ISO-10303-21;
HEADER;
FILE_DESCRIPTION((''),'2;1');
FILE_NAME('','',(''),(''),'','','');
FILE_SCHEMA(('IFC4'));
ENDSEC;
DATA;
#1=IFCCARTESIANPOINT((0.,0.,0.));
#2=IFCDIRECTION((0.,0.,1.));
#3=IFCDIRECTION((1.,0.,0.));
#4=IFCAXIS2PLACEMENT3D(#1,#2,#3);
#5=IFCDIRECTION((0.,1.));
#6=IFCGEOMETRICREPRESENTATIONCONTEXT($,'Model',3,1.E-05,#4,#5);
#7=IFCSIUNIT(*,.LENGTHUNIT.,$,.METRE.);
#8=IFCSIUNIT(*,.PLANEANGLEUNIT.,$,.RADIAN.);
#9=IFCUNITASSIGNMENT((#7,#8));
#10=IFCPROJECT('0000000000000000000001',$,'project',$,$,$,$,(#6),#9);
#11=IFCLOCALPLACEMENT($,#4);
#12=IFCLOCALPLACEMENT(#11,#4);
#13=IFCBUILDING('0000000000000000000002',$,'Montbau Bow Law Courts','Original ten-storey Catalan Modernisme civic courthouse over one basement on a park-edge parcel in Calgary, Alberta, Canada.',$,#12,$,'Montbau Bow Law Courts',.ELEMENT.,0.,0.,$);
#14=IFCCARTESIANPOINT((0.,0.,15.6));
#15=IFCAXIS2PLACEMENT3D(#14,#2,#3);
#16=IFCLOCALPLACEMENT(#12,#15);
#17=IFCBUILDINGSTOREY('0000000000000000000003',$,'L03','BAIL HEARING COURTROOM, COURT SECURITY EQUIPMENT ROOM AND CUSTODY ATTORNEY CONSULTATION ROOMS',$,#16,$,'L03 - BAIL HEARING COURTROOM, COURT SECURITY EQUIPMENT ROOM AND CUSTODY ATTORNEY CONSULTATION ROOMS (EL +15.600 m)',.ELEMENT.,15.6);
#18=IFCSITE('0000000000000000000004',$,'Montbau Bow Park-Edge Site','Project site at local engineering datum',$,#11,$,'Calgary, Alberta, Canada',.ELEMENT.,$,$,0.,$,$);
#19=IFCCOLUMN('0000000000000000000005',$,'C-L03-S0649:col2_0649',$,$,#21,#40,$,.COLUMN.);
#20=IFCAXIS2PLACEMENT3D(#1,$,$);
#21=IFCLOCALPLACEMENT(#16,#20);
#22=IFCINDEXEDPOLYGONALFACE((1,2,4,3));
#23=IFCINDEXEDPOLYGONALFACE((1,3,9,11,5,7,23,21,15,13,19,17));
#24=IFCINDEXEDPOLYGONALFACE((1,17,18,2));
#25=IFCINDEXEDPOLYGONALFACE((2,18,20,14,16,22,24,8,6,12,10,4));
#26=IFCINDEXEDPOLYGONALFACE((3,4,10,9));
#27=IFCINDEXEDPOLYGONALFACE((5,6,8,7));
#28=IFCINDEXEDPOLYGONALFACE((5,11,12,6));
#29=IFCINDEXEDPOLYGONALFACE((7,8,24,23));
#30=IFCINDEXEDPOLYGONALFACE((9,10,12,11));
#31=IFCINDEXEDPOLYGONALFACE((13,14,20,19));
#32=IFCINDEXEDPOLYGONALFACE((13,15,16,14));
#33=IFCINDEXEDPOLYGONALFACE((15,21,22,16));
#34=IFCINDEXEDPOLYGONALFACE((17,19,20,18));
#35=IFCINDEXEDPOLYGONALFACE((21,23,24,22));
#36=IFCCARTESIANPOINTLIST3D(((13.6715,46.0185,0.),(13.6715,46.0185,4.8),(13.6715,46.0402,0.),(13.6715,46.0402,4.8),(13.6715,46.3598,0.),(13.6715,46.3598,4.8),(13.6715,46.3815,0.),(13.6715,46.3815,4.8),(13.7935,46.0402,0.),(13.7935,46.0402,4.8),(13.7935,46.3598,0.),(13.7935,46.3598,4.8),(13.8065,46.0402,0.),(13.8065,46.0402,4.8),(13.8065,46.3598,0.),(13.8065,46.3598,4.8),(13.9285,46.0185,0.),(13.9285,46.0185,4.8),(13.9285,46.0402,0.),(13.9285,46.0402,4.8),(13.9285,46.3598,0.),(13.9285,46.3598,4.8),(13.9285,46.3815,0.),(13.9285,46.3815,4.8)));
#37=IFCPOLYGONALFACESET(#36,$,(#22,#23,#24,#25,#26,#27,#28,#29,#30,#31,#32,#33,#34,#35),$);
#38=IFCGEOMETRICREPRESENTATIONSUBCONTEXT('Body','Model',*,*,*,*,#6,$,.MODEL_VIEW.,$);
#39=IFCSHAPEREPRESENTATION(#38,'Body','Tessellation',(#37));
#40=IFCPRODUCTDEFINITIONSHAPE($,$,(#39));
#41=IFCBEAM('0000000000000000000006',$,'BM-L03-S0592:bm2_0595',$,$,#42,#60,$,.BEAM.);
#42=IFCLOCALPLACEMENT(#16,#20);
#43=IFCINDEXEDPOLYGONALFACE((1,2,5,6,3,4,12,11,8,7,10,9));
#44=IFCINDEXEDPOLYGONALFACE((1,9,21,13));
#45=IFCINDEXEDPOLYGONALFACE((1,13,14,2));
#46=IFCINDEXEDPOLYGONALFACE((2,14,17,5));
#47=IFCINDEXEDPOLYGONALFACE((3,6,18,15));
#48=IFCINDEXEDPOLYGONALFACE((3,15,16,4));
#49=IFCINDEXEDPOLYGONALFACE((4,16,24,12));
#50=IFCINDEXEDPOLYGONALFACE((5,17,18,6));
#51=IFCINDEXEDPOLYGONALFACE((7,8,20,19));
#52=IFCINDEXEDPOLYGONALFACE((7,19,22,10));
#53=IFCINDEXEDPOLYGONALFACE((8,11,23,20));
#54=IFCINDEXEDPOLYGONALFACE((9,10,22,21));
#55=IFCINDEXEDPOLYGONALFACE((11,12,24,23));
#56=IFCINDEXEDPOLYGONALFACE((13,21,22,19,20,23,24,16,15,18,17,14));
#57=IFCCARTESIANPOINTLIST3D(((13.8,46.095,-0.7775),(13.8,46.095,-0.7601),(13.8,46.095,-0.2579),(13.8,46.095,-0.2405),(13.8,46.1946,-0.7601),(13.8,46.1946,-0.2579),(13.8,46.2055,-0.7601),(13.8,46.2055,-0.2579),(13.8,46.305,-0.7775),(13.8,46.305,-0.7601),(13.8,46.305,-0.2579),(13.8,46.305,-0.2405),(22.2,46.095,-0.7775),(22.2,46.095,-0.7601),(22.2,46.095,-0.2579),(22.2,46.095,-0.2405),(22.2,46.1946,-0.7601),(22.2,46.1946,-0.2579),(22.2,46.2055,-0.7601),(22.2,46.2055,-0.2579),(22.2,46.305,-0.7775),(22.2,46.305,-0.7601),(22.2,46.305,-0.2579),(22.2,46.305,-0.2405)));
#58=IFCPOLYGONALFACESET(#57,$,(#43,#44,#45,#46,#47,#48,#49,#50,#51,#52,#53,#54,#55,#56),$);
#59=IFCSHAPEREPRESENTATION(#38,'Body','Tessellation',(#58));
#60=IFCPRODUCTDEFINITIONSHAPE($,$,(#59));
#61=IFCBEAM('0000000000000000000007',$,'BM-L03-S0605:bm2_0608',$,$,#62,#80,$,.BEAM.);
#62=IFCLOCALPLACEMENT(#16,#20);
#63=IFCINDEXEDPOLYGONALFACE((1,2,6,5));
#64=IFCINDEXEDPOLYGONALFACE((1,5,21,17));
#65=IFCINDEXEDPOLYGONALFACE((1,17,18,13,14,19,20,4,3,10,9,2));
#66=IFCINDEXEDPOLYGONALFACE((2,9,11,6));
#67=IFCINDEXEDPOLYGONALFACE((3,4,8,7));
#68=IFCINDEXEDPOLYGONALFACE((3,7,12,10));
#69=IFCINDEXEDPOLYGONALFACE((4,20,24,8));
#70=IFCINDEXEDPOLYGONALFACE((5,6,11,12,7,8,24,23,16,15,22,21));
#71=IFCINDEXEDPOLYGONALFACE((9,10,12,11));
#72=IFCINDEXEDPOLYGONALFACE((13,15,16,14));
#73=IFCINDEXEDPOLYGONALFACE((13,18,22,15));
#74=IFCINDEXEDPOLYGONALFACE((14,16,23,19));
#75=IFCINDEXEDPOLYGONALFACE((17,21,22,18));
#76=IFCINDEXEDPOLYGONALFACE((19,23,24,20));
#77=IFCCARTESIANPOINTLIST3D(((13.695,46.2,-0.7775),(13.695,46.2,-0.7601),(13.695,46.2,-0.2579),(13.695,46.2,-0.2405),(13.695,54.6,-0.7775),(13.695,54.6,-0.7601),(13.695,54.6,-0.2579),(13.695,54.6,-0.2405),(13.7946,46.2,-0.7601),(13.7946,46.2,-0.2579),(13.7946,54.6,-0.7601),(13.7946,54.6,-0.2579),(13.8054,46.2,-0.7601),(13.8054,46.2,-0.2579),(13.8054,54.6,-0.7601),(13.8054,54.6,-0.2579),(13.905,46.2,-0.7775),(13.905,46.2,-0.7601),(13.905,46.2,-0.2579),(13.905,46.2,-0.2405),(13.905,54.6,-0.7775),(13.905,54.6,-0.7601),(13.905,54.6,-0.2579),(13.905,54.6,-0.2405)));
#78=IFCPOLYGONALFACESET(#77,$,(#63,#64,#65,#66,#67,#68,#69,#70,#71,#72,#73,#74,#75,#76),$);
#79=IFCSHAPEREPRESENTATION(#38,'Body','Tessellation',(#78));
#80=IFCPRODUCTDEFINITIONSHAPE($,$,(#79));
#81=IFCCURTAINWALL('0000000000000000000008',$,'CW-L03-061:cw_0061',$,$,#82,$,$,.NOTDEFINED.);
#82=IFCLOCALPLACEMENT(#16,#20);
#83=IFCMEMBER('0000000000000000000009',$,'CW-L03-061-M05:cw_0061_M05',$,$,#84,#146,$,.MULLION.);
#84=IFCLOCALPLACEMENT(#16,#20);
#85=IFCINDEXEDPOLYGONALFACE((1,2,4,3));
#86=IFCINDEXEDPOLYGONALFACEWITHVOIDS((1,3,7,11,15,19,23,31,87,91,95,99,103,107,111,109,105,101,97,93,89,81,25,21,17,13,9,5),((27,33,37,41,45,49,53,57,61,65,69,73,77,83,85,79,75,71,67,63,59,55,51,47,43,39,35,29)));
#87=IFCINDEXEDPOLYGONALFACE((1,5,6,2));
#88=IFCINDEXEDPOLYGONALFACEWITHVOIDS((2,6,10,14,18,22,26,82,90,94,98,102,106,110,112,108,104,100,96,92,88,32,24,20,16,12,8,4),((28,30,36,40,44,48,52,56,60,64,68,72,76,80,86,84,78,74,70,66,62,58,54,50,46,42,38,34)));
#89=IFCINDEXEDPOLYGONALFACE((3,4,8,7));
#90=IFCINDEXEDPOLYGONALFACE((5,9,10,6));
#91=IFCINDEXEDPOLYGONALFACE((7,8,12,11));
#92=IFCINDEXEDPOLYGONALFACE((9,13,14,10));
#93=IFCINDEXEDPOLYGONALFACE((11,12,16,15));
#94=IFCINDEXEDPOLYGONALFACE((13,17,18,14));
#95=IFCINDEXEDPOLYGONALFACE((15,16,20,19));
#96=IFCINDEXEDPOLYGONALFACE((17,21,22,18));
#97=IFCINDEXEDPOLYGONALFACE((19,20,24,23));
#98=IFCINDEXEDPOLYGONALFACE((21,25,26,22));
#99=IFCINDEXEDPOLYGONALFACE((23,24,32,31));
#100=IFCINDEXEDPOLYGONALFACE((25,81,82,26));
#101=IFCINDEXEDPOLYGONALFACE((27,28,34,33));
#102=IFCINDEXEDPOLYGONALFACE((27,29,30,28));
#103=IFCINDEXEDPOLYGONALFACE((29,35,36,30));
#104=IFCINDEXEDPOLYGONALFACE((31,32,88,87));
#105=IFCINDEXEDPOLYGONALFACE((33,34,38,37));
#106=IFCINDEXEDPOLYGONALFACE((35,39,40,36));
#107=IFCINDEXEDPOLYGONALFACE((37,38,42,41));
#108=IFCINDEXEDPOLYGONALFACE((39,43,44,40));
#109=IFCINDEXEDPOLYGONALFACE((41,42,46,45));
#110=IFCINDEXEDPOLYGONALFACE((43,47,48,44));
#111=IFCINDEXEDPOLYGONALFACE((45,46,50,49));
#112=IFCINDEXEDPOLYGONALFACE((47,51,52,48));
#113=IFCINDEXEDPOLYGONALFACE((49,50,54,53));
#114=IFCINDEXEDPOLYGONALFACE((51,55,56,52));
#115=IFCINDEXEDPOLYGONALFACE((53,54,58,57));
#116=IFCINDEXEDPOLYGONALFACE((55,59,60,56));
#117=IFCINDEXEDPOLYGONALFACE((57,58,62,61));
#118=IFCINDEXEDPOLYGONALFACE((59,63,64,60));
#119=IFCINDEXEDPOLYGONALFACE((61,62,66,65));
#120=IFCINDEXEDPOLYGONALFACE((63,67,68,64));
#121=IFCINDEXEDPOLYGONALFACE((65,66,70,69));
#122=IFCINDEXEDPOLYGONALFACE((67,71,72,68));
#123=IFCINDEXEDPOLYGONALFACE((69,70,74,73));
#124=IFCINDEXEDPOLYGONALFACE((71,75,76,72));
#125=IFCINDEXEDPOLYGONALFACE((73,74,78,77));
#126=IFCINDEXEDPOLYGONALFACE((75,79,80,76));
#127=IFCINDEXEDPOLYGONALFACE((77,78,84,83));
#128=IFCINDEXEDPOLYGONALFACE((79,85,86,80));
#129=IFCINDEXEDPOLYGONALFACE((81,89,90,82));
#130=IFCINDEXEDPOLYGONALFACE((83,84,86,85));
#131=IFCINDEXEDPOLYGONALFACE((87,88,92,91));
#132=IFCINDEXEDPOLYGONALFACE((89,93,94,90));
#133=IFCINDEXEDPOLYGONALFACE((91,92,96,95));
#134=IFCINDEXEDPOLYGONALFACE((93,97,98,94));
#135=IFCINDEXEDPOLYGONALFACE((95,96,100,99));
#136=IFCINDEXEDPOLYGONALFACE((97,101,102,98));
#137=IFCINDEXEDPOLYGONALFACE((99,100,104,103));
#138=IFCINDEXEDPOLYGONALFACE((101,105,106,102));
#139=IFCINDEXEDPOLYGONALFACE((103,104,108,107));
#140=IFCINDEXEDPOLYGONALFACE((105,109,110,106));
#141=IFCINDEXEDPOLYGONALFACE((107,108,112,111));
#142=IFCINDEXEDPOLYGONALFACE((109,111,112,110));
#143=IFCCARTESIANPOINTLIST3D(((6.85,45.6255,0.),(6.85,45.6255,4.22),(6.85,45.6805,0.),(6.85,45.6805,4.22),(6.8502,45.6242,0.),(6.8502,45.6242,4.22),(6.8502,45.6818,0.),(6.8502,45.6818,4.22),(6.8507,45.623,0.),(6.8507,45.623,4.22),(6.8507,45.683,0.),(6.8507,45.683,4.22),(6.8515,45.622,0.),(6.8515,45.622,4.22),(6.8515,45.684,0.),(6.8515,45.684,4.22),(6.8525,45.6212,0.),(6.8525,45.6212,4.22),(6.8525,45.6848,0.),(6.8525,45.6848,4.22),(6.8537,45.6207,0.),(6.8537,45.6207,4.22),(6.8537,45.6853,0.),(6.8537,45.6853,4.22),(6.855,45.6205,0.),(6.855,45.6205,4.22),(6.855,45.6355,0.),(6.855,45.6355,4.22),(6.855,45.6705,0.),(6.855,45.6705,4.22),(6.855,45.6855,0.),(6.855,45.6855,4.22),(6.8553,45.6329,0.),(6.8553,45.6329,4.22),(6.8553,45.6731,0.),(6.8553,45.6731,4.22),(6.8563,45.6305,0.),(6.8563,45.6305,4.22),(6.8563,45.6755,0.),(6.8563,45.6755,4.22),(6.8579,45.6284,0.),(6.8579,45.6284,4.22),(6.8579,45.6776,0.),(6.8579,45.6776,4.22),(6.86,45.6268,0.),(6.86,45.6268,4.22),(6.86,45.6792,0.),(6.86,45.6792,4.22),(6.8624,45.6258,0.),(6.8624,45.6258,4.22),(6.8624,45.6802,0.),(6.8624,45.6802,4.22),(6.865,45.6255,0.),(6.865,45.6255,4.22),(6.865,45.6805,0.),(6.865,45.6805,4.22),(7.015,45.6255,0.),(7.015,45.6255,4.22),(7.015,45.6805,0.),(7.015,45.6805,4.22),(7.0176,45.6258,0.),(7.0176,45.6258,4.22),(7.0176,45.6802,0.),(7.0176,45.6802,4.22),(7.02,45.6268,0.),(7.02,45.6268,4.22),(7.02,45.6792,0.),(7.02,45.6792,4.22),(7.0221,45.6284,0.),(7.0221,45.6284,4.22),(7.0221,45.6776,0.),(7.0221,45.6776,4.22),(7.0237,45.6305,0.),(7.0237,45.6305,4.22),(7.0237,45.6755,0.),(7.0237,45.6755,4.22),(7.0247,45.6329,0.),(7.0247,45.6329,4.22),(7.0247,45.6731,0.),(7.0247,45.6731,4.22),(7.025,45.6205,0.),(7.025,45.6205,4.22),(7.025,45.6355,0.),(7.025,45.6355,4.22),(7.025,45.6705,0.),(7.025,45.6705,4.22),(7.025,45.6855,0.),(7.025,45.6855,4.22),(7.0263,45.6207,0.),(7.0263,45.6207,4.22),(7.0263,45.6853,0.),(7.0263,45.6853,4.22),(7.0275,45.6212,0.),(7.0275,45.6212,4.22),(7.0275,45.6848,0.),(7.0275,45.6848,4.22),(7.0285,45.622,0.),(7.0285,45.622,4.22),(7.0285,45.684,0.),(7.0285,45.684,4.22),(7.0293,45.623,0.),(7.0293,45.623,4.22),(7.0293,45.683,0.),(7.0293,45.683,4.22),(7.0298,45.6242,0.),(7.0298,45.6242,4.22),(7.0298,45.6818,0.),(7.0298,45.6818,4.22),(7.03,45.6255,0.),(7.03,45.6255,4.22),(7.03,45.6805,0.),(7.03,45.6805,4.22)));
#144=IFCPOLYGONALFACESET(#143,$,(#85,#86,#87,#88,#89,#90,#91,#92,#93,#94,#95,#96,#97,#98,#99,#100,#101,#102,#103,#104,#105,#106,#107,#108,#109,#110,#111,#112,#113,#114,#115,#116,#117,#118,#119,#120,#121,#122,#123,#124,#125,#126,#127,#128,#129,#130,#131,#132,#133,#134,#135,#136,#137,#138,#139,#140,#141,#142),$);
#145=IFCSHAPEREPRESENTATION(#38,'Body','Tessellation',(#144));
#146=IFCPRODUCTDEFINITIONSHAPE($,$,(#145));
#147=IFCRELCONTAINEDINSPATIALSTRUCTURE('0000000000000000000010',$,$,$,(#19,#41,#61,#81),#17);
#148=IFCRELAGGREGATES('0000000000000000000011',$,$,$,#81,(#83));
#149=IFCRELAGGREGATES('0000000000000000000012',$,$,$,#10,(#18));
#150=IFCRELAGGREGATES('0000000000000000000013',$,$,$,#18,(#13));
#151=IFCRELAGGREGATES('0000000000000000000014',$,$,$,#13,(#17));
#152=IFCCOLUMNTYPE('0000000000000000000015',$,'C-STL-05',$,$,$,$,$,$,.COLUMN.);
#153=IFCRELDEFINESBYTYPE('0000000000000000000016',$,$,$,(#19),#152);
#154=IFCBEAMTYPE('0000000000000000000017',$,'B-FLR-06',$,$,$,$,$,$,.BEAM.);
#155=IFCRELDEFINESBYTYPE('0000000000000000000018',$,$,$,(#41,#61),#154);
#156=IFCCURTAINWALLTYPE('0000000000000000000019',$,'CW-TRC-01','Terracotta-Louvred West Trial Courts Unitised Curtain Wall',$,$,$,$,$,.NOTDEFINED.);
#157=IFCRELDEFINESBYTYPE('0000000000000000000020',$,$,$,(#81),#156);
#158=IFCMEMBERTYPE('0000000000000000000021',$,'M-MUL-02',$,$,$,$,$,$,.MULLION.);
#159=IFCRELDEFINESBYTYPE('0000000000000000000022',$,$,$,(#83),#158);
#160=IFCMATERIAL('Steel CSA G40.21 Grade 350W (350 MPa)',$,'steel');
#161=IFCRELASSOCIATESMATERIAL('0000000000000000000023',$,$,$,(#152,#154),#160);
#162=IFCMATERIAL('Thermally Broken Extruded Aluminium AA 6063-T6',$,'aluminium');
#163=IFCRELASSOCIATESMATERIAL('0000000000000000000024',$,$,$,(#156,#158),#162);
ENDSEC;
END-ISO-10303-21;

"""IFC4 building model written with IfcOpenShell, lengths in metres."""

from ifc_helpers import new_model, si_unit, direction, frame, origin_with_axes, origin_2d_with_axis, place, context, subcontext, project, spatial, hollow_rectangle, i_section, extrude, material, material_profile, profile_set, type_object, element, aggregate, save


model = new_model("IFC4")

# Units and contexts
model_context = context("Model", 3, precision=1e-05, world=origin_with_axes(), true_north=direction((0.0, 1.0)))
body_context = subcontext(model_context, "Body", "Model", "MODEL_VIEW")
ifc_project = project(units=[si_unit("LENGTHUNIT", "METRE"), si_unit("PLANEANGLEUNIT", "RADIAN")], contexts=[model_context])

# Site, building, storey
site_placement = place(None, origin_with_axes())
site = spatial("IfcSite", under=ifc_project, at=site_placement, Name="Montbau Bow Park-Edge Site", Description="Project site at local engineering datum", LongName="Calgary, Alberta, Canada", CompositionType="ELEMENT", RefElevation=0.0)
building_placement = place(site_placement, origin_with_axes())
building = spatial("IfcBuilding", under=site, at=building_placement, Name="Montbau Bow Law Courts", Description="Original ten-storey Catalan Modernisme civic courthouse over one basement on a park-edge parcel in Calgary, Alberta, Canada.", LongName="Montbau Bow Law Courts", CompositionType="ELEMENT", ElevationOfRefHeight=0.0, ElevationOfTerrain=0.0)
storey_placement = place(building_placement, frame((0.0, 0.0, 15.6), z_axis=(0.0, 0.0, 1.0), x_axis=(1.0, 0.0, 0.0)))
storey = spatial("IfcBuildingStorey", under=building, at=storey_placement, Name="L03", Description="BAIL HEARING COURTROOM, COURT SECURITY EQUIPMENT ROOM AND CUSTODY ATTORNEY CONSULTATION ROOMS", LongName="L03 - BAIL HEARING COURTROOM, COURT SECURITY EQUIPMENT ROOM AND CUSTODY ATTORNEY CONSULTATION ROOMS (EL +15.600 m)", CompositionType="ELEMENT", Elevation=15.6)

# Column
ifc_material_1 = material(Name="Steel CSA G40.21 Grade 350W (350 MPa)", Category="steel")
ifc_material_profile_1 = material_profile(ifc_material_1, i_section(OverallWidth=0.257, OverallDepth=0.363, WebThickness=0.013, FlangeThickness=0.0217, at=origin_2d_with_axis()), Name="W360X122", Category="Main", Priority=0)
ifc_profile_set_1 = profile_set([ifc_material_profile_1], Name="Steel CSA G40.21 Grade 350W (350 MPa)")
column_type = type_object("IfcColumnType", Name="C-STL-05", PredefinedType="COLUMN", material=ifc_profile_set_1)
column_placement = place(None, frame((13.8, 46.2, 15.6), z_axis=(0.0, 0.0, 1.0), x_axis=(1.0, 0.0, 0.0)))
element("IfcColumn", 1, at=column_placement, inside=storey, type_object=column_type, Name="C-L03-S0649:col2_0649", PredefinedType="COLUMN", context=body_context, shape_type="SweptSolid", body=[
    extrude(i_section(OverallWidth=0.257, OverallDepth=0.363, WebThickness=0.013, FlangeThickness=0.0217, at=origin_2d_with_axis()), origin_with_axes(), (0.0, 0.0, 1.0), 4.8),
])

# Beams
ifc_material_profile_2 = material_profile(ifc_material_1, i_section(OverallWidth=0.21, OverallDepth=0.537, WebThickness=0.0109, FlangeThickness=0.0174, at=origin_2d_with_axis()), Name="W530X101", Category="Main", Priority=0)
ifc_profile_set_2 = profile_set([ifc_material_profile_2], Name="Steel CSA G40.21 Grade 350W (350 MPa)")
beam_type = type_object("IfcBeamType", Name="B-FLR-06", PredefinedType="BEAM", material=ifc_profile_set_2)
for number, where, z_axis, x_axis, name in (
    (2, (13.8, 46.2, 15.091), (1.0, 0.0, 0.0), (0.0, 1.0, 0.0), "BM-L03-S0592:bm2_0595"),
    (3, (13.8, 46.2, 15.091), (0.0, 1.0, 0.0), (-1.0, 0.0, 0.0), "BM-L03-S0605:bm2_0608"),
):
    element("IfcBeam", number, at=place(None, frame(where, z_axis=z_axis, x_axis=x_axis)), inside=storey, type_object=beam_type, Name=name, PredefinedType="BEAM", context=body_context, shape_type="SweptSolid", body=[
        extrude(i_section(OverallWidth=0.21, OverallDepth=0.537, WebThickness=0.0109, FlangeThickness=0.0174, at=origin_2d_with_axis()), origin_with_axes(), (0.0, 0.0, 1.0), 8.4),
    ])

# Curtain wall, member
ifc_material_2 = material(Name="Thermally Broken Extruded Aluminium AA 6063-T6", Category="aluminium")
curtain_wall_type = type_object("IfcCurtainWallType", Name="CW-TRC-01", Description="Terracotta-Louvred West Trial Courts Unitised Curtain Wall", PredefinedType="NOTDEFINED", material=ifc_material_2)
curtain_wall_1_placement = place(None, frame((6.94, 39.515, 15.6), z_axis=(0.0, 0.0, 1.0), x_axis=(1.0, 0.0, 0.0)))
curtain_wall_1 = element("IfcCurtainWall", 4, at=curtain_wall_1_placement, inside=storey, type_object=curtain_wall_type, Name="CW-L03-061:cw_0061", PredefinedType="NOTDEFINED")
ifc_material_profile_3 = material_profile(ifc_material_2, hollow_rectangle(XDim=0.065, YDim=0.18, WallThickness=0.005, InnerFilletRadius=0.01, OuterFilletRadius=0.005, at=origin_2d_with_axis()), Name="CWM-180X65", Category="Main", Priority=0)
ifc_profile_set_3 = profile_set([ifc_material_profile_3], Name="Thermally Broken Extruded Aluminium AA 6063-T6")
member_type_1 = type_object("IfcMemberType", Name="M-MUL-02", PredefinedType="MULLION", material=ifc_profile_set_3)
member_1_placement = place(None, frame((6.94, 45.653, 15.6), z_axis=(0.0, 0.0, 1.0), x_axis=(0.0, 1.0, 0.0)))
member_1 = element("IfcMember", 5, at=member_1_placement, type_object=member_type_1, Name="CW-L03-061-M05:cw_0061_M05", PredefinedType="MULLION", context=body_context, shape_type="SweptSolid", body=[
    extrude(hollow_rectangle(XDim=0.065, YDim=0.18, WallThickness=0.005, InnerFilletRadius=0.01, OuterFilletRadius=0.005, at=origin_2d_with_axis()), origin_with_axes(), (0.0, 0.0, 1.0), 4.22),
])
aggregate(curtain_wall_1, [member_1])

save(model, "model.ifc")
